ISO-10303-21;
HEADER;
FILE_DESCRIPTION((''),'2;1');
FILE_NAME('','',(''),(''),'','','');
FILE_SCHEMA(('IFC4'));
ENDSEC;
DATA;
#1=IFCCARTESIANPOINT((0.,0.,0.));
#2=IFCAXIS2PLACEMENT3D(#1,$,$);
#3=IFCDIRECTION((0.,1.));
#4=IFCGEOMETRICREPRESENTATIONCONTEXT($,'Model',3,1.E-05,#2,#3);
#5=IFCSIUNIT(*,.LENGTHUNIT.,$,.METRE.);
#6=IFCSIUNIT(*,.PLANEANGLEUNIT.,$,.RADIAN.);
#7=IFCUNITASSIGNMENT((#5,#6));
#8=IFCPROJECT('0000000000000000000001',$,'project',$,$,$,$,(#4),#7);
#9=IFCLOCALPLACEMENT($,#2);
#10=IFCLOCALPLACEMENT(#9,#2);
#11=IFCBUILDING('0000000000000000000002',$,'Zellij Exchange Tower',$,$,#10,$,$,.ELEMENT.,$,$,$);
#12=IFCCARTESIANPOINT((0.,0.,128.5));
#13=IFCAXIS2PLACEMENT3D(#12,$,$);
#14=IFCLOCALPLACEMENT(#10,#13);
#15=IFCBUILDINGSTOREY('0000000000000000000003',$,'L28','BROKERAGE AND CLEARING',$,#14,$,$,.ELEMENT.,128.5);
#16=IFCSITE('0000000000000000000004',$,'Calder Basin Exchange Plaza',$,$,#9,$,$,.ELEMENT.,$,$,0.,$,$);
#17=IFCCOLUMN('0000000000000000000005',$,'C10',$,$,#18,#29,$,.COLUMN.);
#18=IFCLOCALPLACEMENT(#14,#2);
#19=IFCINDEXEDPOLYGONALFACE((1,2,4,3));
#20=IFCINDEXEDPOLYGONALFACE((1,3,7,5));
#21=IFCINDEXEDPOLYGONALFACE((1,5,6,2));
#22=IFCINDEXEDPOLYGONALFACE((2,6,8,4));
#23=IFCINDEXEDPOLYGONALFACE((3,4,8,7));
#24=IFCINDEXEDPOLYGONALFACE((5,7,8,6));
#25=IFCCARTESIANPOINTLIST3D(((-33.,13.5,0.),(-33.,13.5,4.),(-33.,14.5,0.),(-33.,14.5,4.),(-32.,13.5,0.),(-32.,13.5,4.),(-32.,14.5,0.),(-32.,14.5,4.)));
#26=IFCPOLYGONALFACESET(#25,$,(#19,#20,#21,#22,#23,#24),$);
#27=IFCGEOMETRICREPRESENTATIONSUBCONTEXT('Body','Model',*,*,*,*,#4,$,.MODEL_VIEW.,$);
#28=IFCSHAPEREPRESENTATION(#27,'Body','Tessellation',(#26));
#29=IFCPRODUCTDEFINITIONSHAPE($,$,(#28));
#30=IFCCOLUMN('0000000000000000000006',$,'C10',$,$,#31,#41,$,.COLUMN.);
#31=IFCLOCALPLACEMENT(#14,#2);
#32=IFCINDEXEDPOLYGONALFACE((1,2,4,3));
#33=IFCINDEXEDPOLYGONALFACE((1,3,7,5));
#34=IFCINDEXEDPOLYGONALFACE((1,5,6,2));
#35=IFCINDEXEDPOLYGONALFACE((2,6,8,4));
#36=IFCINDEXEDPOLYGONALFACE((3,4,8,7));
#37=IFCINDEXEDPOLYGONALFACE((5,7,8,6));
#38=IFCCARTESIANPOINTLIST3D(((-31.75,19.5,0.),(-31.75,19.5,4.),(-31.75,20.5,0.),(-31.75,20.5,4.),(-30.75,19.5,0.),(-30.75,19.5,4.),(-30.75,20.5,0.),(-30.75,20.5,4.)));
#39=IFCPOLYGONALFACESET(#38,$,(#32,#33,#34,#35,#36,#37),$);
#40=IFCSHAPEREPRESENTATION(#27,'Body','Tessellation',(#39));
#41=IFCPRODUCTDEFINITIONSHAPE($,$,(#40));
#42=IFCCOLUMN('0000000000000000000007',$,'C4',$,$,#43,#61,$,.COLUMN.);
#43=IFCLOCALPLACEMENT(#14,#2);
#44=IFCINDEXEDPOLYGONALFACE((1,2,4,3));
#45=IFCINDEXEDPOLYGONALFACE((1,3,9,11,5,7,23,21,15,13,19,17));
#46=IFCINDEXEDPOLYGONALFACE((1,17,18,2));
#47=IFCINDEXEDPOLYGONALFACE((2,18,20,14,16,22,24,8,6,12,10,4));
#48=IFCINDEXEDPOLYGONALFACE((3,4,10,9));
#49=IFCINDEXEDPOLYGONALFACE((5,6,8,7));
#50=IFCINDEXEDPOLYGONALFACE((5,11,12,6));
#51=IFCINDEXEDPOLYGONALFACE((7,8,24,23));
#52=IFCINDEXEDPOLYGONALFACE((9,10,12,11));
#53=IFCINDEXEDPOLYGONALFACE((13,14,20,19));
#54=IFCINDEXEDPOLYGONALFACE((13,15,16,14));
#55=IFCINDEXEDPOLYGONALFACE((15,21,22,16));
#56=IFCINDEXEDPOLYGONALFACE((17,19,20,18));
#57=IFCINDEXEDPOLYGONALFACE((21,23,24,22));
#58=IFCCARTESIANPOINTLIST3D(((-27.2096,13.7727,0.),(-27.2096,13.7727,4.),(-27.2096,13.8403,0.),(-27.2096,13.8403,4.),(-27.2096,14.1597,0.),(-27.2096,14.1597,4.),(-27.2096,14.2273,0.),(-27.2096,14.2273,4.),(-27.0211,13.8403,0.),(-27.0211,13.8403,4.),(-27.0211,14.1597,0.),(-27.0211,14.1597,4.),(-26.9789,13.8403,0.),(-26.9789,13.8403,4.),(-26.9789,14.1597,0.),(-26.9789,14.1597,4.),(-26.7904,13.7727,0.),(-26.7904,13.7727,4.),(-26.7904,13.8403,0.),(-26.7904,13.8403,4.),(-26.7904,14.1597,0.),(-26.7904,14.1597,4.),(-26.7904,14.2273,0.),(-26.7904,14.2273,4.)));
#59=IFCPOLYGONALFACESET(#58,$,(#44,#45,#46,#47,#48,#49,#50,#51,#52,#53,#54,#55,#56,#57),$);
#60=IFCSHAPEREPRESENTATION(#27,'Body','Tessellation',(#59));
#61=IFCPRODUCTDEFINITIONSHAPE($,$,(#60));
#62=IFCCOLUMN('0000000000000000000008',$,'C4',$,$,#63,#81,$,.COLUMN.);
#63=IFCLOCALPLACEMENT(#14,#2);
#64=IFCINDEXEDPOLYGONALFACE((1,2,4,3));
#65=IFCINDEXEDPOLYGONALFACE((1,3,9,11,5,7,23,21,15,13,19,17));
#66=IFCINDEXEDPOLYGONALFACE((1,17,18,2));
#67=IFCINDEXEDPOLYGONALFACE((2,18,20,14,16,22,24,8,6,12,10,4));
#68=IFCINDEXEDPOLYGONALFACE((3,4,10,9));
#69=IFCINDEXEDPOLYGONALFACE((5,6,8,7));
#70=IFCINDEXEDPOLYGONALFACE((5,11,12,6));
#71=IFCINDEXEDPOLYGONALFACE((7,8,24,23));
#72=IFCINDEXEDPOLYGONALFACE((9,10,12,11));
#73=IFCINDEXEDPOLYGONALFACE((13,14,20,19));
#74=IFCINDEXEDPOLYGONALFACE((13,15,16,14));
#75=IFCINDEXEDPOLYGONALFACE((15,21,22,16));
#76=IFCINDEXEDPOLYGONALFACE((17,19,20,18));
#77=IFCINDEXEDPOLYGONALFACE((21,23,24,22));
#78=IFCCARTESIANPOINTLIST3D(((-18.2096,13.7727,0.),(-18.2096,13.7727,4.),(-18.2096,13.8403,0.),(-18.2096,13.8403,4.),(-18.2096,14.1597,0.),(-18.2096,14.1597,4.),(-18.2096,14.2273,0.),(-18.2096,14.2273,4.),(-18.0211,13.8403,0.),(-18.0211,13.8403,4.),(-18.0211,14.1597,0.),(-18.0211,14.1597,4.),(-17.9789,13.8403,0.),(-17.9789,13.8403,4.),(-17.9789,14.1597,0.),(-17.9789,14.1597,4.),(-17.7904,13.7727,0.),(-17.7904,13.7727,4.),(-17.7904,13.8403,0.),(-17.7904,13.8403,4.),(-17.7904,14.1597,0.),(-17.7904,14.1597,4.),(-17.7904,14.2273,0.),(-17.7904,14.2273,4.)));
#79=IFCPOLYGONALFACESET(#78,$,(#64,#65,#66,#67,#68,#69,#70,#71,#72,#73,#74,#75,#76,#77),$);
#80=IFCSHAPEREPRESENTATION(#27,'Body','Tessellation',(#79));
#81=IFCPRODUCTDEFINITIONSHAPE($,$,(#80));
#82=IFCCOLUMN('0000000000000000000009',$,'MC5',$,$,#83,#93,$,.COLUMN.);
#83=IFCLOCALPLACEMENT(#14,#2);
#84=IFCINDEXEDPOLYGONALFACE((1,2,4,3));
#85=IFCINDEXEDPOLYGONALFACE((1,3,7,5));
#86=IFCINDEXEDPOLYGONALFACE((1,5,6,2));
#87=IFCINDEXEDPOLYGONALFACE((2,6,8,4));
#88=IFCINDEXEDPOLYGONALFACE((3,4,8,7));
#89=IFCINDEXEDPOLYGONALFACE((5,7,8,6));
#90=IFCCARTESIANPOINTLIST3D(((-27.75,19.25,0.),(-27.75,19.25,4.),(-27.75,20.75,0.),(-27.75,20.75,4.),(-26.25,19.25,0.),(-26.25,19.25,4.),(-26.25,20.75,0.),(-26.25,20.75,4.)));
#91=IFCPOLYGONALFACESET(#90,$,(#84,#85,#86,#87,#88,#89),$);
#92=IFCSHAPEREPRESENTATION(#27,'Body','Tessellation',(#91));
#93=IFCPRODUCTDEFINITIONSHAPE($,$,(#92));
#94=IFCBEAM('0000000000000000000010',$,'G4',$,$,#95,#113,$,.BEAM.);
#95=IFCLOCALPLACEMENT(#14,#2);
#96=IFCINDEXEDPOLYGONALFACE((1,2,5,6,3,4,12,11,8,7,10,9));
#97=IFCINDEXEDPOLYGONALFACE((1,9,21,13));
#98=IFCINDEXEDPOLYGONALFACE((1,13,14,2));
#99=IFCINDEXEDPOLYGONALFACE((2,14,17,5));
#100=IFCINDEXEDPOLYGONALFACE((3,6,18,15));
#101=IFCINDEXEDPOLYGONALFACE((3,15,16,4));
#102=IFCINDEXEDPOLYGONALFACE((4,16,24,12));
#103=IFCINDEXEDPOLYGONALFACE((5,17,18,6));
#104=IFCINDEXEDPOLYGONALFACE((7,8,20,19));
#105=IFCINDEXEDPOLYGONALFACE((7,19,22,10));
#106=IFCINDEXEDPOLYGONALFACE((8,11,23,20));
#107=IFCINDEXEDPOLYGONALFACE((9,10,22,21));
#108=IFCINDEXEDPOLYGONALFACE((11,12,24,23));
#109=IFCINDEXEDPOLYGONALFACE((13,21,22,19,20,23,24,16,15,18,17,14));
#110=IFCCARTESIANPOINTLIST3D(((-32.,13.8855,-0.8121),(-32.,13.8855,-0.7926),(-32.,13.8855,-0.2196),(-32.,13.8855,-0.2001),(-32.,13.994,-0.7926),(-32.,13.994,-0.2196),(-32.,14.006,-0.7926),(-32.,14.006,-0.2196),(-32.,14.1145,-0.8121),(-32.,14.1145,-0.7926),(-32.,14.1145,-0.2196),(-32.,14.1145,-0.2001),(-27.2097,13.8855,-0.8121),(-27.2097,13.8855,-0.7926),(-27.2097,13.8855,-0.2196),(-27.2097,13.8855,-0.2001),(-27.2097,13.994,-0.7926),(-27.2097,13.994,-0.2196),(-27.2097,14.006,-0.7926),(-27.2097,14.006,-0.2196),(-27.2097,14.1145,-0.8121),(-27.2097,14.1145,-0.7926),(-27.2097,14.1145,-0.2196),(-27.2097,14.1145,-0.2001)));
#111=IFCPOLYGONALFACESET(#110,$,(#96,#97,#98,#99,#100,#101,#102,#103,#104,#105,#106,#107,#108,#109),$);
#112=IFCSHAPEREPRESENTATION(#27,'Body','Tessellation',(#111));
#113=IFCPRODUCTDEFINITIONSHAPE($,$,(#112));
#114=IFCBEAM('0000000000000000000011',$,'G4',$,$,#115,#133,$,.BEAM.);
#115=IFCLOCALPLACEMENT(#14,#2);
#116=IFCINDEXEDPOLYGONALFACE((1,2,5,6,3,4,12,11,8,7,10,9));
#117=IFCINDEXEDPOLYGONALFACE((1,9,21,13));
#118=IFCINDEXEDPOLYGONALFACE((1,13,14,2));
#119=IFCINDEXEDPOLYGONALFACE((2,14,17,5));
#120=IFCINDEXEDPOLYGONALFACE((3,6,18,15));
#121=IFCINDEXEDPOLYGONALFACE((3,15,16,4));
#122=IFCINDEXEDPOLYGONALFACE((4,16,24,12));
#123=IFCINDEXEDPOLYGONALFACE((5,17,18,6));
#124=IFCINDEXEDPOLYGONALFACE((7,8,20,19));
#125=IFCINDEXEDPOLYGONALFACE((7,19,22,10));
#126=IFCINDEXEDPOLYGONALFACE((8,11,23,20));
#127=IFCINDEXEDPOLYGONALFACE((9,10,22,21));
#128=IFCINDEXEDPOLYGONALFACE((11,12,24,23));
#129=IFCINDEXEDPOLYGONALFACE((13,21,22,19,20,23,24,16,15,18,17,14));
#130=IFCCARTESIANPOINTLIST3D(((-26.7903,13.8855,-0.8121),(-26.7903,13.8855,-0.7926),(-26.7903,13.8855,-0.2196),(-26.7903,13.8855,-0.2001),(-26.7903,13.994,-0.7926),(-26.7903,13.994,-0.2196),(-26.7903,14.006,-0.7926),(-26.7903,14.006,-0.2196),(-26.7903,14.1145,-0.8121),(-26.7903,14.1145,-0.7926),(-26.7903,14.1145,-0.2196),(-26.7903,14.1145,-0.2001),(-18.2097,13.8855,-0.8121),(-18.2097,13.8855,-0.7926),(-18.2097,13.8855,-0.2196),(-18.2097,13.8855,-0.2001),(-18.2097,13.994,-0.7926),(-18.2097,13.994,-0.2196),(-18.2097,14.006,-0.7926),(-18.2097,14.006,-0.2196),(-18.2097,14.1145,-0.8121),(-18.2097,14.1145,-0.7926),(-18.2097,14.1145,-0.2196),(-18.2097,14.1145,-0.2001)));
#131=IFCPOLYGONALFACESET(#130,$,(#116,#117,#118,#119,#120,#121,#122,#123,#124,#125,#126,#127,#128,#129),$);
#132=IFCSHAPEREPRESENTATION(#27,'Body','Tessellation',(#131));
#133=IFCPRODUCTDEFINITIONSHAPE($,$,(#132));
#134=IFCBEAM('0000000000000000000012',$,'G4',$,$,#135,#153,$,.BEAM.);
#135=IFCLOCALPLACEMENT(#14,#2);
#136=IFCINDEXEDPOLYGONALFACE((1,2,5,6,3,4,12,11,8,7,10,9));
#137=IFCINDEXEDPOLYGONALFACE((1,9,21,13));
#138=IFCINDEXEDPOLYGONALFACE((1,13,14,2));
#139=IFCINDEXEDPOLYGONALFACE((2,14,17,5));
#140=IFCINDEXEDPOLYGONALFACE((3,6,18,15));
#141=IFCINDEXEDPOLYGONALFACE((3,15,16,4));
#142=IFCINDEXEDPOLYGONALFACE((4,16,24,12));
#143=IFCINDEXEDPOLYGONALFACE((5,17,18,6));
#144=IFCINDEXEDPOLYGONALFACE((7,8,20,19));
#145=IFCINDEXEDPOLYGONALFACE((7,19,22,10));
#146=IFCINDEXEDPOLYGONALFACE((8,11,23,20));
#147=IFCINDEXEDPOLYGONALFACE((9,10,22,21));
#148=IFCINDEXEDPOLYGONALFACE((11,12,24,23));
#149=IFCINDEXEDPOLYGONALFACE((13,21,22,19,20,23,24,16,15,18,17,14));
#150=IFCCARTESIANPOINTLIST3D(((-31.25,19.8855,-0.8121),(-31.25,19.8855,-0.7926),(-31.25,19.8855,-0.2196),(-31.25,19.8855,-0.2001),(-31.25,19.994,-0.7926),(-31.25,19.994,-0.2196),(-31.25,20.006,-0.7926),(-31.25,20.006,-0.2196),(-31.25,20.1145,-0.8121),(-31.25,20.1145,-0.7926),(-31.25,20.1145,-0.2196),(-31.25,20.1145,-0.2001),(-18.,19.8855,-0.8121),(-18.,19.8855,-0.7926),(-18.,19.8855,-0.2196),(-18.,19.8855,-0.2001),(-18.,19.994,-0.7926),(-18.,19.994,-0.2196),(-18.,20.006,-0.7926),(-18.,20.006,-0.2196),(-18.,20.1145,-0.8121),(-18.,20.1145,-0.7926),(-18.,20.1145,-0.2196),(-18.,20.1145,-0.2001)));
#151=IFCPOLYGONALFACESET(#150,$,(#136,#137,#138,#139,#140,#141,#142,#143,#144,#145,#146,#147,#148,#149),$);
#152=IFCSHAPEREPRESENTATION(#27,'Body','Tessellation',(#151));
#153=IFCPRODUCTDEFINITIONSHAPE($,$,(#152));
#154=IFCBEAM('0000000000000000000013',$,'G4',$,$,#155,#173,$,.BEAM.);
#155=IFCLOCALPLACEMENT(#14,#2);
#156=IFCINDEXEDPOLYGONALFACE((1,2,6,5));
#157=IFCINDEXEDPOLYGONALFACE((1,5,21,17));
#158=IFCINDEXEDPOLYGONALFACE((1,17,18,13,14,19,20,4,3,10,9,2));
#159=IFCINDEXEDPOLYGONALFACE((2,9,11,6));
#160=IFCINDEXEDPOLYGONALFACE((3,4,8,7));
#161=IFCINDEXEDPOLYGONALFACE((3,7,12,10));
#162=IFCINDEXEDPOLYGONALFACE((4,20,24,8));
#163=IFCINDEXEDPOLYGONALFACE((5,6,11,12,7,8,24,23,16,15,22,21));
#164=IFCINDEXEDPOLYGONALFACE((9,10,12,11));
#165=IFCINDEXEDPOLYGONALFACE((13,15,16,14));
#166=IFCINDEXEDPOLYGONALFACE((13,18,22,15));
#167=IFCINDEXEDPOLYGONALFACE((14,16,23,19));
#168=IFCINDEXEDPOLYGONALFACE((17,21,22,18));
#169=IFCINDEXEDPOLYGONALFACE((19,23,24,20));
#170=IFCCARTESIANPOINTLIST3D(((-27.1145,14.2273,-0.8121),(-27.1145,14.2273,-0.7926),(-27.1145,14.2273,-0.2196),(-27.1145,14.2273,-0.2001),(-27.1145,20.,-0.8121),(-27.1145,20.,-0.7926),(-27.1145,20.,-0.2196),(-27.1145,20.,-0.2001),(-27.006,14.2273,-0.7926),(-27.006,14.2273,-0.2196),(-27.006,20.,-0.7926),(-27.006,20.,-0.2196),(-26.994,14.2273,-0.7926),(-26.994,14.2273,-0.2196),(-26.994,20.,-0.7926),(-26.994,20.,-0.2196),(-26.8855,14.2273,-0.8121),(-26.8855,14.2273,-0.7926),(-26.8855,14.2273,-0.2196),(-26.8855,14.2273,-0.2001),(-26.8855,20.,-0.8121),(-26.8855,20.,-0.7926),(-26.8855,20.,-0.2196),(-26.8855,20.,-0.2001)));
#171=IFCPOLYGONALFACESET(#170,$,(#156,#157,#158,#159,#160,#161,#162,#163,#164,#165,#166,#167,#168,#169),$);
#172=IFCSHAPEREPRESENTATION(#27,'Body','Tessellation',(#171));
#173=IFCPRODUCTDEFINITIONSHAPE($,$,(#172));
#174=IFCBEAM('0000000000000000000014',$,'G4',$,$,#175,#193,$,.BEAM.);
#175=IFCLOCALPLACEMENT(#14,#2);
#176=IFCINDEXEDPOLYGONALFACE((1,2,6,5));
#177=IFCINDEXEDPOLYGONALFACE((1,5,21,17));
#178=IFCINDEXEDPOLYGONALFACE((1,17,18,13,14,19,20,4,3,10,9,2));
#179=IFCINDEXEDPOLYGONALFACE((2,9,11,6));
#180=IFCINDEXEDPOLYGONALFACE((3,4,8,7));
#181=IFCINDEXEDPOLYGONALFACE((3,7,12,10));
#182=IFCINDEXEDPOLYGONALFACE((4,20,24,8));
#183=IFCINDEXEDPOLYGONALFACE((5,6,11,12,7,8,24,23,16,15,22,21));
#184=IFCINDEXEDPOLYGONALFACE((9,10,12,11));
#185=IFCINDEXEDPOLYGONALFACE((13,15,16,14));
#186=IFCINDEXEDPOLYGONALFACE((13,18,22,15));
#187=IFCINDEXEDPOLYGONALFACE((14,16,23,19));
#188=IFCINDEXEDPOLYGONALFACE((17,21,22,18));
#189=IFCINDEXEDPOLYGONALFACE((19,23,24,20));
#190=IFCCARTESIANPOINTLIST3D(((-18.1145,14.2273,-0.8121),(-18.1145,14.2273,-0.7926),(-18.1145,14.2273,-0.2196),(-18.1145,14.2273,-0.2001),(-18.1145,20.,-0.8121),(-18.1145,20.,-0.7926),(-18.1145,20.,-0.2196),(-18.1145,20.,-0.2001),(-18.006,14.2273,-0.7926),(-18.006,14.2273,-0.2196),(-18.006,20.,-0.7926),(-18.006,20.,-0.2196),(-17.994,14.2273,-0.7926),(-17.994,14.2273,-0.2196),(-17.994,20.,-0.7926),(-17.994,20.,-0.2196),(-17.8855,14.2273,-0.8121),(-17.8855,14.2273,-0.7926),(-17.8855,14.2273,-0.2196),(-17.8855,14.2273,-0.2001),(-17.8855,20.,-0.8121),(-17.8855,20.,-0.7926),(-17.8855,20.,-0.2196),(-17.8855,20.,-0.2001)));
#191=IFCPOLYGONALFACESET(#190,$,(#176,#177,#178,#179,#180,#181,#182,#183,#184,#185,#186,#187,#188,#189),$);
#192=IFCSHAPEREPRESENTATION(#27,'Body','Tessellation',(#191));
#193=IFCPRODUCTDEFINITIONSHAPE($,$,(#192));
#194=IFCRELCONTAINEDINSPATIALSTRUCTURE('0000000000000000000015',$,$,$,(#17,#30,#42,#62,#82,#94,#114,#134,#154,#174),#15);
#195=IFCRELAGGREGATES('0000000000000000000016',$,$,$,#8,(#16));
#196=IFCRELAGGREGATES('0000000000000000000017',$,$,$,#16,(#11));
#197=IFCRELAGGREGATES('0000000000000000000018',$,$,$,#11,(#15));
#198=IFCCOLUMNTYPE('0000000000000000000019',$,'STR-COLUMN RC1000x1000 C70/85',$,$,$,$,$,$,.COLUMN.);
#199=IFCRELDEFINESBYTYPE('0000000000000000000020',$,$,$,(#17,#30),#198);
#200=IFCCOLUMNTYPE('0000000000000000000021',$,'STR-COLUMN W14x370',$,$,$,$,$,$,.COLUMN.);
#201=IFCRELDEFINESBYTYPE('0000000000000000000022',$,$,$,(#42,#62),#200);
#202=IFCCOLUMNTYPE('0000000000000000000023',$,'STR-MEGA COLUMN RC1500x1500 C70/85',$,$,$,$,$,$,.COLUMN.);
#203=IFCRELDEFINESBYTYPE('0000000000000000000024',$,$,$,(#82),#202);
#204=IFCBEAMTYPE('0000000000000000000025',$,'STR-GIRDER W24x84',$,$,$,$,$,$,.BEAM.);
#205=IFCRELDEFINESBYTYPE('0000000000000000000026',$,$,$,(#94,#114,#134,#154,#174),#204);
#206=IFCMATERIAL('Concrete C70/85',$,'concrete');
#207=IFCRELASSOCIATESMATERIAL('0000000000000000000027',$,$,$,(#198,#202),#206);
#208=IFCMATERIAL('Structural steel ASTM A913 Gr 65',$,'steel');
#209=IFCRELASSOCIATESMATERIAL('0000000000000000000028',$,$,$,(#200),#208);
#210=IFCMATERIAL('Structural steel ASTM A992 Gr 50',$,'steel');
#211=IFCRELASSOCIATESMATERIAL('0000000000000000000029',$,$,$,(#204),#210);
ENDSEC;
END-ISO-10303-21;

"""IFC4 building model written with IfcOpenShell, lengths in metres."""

from ifc_helpers import new_model, si_unit, direction, frame, origin, origin_2d, place, context, subcontext, project, spatial, rectangle, i_section, extrude, material, material_profile, profile_set, type_object, element, save


model = new_model("IFC4")

# Units and contexts
model_context = context("Model", 3, precision=1e-05, world=origin(), true_north=direction((0.0, 1.0)))
body_context = subcontext(model_context, "Body", "Model", "MODEL_VIEW")
ifc_project = project(units=[si_unit("LENGTHUNIT", "METRE"), si_unit("PLANEANGLEUNIT", "RADIAN")], contexts=[model_context])

# Site, building, storey
site_placement = place(None, origin())
site = spatial("IfcSite", under=ifc_project, at=site_placement, Name="Calder Basin Exchange Plaza", CompositionType="ELEMENT", RefElevation=0.0)
building_placement = place(site_placement, origin())
building = spatial("IfcBuilding", under=site, at=building_placement, Name="Zellij Exchange Tower", CompositionType="ELEMENT")
storey_placement = place(building_placement, frame((0.0, 0.0, 128.5)))
storey = spatial("IfcBuildingStorey", under=building, at=storey_placement, Name="L28", Description="BROKERAGE AND CLEARING", CompositionType="ELEMENT", Elevation=128.5)

# Columns
ifc_material_1 = material(Name="Concrete C70/85", Category="concrete")
ifc_material_profile_1 = material_profile(ifc_material_1, rectangle(XDim=1.0, YDim=1.0, at=origin_2d()), Name="STR-COLUMN RC1000x1000 C70/85")
ifc_profile_set_1 = profile_set([ifc_material_profile_1], Name="Concrete C70/85")
column_type_1 = type_object("IfcColumnType", Name="STR-COLUMN RC1000x1000 C70/85", PredefinedType="COLUMN", material=ifc_profile_set_1)
for number, where, z_axis, x_axis, name in (
    (1, (-32.5, 14.0, 0.0), (0.0, 0.0, 1.0), (1.0, 0.0, 0.0), "C10"),
    (2, (-31.25, 20.0, 0.0), (0.0, 0.0, 1.0), (1.0, 0.0, 0.0), "C10"),
):
    element("IfcColumn", number, at=place(storey_placement, frame(where, z_axis=z_axis, x_axis=x_axis)), inside=storey, type_object=column_type_1, Name=name, PredefinedType="COLUMN", context=body_context, shape_type="SweptSolid", body=[
        extrude(rectangle(XDim=1.0, YDim=1.0, at=origin_2d()), origin(), (0.0, 0.0, 1.0), 4.0),
    ])
ifc_material_2 = material(Name="Structural steel ASTM A913 Gr 65", Category="steel")
ifc_material_profile_2 = material_profile(ifc_material_2, i_section(OverallWidth=0.4192, OverallDepth=0.4546, WebThickness=0.0422, FlangeThickness=0.0676, at=origin_2d()), Name="W14x370")
ifc_profile_set_2 = profile_set([ifc_material_profile_2], Name="Structural steel ASTM A913 Gr 65")
column_type_2 = type_object("IfcColumnType", Name="STR-COLUMN W14x370", PredefinedType="COLUMN", material=ifc_profile_set_2)
for number, where, z_axis, x_axis, name in (
    (3, (-27.0, 14.0, 0.0), (0.0, 0.0, 1.0), (1.0, 0.0, 0.0), "C4"),
    (4, (-18.0, 14.0, 0.0), (0.0, 0.0, 1.0), (1.0, 0.0, 0.0), "C4"),
):
    element("IfcColumn", number, at=place(storey_placement, frame(where, z_axis=z_axis, x_axis=x_axis)), inside=storey, type_object=column_type_2, Name=name, PredefinedType="COLUMN", context=body_context, shape_type="SweptSolid", body=[
        extrude(i_section(OverallWidth=0.4192, OverallDepth=0.4546, WebThickness=0.0422, FlangeThickness=0.0676, at=origin_2d()), origin(), (0.0, 0.0, 1.0), 4.0),
    ])
ifc_material_profile_3 = material_profile(ifc_material_1, rectangle(XDim=1.5, YDim=1.5, at=origin_2d()), Name="STR-MEGA COLUMN RC1500x1500 C70/85")
ifc_profile_set_3 = profile_set([ifc_material_profile_3], Name="Concrete C70/85")
column_type_3 = type_object("IfcColumnType", Name="STR-MEGA COLUMN RC1500x1500 C70/85", PredefinedType="COLUMN", material=ifc_profile_set_3)
column_placement = place(storey_placement, frame((-27.0, 20.0, 0.0), z_axis=(0.0, 0.0, 1.0), x_axis=(1.0, 0.0, 0.0)))
element("IfcColumn", 5, at=column_placement, inside=storey, type_object=column_type_3, Name="MC5", PredefinedType="COLUMN", context=body_context, shape_type="SweptSolid", body=[
    extrude(rectangle(XDim=1.5, YDim=1.5, at=origin_2d()), origin(), (0.0, 0.0, 1.0), 4.0),
])

# Beams
ifc_material_3 = material(Name="Structural steel ASTM A992 Gr 50", Category="steel")
ifc_material_profile_4 = material_profile(ifc_material_3, i_section(OverallWidth=0.229, OverallDepth=0.6121, WebThickness=0.012, FlangeThickness=0.0195, at=origin_2d()), Name="W24x84")
ifc_profile_set_4 = profile_set([ifc_material_profile_4], Name="Structural steel ASTM A992 Gr 50")
beam_type = type_object("IfcBeamType", Name="STR-GIRDER W24x84", PredefinedType="BEAM", material=ifc_profile_set_4)
beam_1_placement = place(storey_placement, frame((-32.0, 14.0, -0.5061), z_axis=(1.0, 0.0, 0.0), x_axis=(0.0, 1.0, 0.0)))
element("IfcBeam", 6, at=beam_1_placement, inside=storey, type_object=beam_type, Name="G4", PredefinedType="BEAM", context=body_context, shape_type="SweptSolid", body=[
    extrude(i_section(OverallWidth=0.229, OverallDepth=0.6121, WebThickness=0.012, FlangeThickness=0.0195, at=origin_2d()), origin(), (0.0, 0.0, 1.0), 4.7903),
])
beam_2_placement = place(storey_placement, frame((-26.7903, 14.0, -0.5061), z_axis=(1.0, 0.0, 0.0), x_axis=(0.0, 1.0, 0.0)))
element("IfcBeam", 7, at=beam_2_placement, inside=storey, type_object=beam_type, Name="G4", PredefinedType="BEAM", context=body_context, shape_type="SweptSolid", body=[
    extrude(i_section(OverallWidth=0.229, OverallDepth=0.6121, WebThickness=0.012, FlangeThickness=0.0195, at=origin_2d()), origin(), (0.0, 0.0, 1.0), 8.5806),
])
beam_3_placement = place(storey_placement, frame((-31.25, 20.0, -0.5061), z_axis=(1.0, 0.0, 0.0), x_axis=(0.0, 1.0, 0.0)))
element("IfcBeam", 8, at=beam_3_placement, inside=storey, type_object=beam_type, Name="G4", PredefinedType="BEAM", context=body_context, shape_type="SweptSolid", body=[
    extrude(i_section(OverallWidth=0.229, OverallDepth=0.6121, WebThickness=0.012, FlangeThickness=0.0195, at=origin_2d()), origin(), (0.0, 0.0, 1.0), 13.25),
])
for number, where, z_axis, x_axis, name in (
    (9, (-27.0, 14.2273, -0.5061), (0.0, 1.0, 0.0), (-1.0, 0.0, 0.0), "G4"),
    (10, (-18.0, 14.2273, -0.5061), (0.0, 1.0, 0.0), (-1.0, 0.0, 0.0), "G4"),
):
    element("IfcBeam", number, at=place(storey_placement, frame(where, z_axis=z_axis, x_axis=x_axis)), inside=storey, type_object=beam_type, Name=name, PredefinedType="BEAM", context=body_context, shape_type="SweptSolid", body=[
        extrude(i_section(OverallWidth=0.229, OverallDepth=0.6121, WebThickness=0.012, FlangeThickness=0.0195, at=origin_2d()), origin(), (0.0, 0.0, 1.0), 5.7727),
    ])

save(model, "model.ifc")
